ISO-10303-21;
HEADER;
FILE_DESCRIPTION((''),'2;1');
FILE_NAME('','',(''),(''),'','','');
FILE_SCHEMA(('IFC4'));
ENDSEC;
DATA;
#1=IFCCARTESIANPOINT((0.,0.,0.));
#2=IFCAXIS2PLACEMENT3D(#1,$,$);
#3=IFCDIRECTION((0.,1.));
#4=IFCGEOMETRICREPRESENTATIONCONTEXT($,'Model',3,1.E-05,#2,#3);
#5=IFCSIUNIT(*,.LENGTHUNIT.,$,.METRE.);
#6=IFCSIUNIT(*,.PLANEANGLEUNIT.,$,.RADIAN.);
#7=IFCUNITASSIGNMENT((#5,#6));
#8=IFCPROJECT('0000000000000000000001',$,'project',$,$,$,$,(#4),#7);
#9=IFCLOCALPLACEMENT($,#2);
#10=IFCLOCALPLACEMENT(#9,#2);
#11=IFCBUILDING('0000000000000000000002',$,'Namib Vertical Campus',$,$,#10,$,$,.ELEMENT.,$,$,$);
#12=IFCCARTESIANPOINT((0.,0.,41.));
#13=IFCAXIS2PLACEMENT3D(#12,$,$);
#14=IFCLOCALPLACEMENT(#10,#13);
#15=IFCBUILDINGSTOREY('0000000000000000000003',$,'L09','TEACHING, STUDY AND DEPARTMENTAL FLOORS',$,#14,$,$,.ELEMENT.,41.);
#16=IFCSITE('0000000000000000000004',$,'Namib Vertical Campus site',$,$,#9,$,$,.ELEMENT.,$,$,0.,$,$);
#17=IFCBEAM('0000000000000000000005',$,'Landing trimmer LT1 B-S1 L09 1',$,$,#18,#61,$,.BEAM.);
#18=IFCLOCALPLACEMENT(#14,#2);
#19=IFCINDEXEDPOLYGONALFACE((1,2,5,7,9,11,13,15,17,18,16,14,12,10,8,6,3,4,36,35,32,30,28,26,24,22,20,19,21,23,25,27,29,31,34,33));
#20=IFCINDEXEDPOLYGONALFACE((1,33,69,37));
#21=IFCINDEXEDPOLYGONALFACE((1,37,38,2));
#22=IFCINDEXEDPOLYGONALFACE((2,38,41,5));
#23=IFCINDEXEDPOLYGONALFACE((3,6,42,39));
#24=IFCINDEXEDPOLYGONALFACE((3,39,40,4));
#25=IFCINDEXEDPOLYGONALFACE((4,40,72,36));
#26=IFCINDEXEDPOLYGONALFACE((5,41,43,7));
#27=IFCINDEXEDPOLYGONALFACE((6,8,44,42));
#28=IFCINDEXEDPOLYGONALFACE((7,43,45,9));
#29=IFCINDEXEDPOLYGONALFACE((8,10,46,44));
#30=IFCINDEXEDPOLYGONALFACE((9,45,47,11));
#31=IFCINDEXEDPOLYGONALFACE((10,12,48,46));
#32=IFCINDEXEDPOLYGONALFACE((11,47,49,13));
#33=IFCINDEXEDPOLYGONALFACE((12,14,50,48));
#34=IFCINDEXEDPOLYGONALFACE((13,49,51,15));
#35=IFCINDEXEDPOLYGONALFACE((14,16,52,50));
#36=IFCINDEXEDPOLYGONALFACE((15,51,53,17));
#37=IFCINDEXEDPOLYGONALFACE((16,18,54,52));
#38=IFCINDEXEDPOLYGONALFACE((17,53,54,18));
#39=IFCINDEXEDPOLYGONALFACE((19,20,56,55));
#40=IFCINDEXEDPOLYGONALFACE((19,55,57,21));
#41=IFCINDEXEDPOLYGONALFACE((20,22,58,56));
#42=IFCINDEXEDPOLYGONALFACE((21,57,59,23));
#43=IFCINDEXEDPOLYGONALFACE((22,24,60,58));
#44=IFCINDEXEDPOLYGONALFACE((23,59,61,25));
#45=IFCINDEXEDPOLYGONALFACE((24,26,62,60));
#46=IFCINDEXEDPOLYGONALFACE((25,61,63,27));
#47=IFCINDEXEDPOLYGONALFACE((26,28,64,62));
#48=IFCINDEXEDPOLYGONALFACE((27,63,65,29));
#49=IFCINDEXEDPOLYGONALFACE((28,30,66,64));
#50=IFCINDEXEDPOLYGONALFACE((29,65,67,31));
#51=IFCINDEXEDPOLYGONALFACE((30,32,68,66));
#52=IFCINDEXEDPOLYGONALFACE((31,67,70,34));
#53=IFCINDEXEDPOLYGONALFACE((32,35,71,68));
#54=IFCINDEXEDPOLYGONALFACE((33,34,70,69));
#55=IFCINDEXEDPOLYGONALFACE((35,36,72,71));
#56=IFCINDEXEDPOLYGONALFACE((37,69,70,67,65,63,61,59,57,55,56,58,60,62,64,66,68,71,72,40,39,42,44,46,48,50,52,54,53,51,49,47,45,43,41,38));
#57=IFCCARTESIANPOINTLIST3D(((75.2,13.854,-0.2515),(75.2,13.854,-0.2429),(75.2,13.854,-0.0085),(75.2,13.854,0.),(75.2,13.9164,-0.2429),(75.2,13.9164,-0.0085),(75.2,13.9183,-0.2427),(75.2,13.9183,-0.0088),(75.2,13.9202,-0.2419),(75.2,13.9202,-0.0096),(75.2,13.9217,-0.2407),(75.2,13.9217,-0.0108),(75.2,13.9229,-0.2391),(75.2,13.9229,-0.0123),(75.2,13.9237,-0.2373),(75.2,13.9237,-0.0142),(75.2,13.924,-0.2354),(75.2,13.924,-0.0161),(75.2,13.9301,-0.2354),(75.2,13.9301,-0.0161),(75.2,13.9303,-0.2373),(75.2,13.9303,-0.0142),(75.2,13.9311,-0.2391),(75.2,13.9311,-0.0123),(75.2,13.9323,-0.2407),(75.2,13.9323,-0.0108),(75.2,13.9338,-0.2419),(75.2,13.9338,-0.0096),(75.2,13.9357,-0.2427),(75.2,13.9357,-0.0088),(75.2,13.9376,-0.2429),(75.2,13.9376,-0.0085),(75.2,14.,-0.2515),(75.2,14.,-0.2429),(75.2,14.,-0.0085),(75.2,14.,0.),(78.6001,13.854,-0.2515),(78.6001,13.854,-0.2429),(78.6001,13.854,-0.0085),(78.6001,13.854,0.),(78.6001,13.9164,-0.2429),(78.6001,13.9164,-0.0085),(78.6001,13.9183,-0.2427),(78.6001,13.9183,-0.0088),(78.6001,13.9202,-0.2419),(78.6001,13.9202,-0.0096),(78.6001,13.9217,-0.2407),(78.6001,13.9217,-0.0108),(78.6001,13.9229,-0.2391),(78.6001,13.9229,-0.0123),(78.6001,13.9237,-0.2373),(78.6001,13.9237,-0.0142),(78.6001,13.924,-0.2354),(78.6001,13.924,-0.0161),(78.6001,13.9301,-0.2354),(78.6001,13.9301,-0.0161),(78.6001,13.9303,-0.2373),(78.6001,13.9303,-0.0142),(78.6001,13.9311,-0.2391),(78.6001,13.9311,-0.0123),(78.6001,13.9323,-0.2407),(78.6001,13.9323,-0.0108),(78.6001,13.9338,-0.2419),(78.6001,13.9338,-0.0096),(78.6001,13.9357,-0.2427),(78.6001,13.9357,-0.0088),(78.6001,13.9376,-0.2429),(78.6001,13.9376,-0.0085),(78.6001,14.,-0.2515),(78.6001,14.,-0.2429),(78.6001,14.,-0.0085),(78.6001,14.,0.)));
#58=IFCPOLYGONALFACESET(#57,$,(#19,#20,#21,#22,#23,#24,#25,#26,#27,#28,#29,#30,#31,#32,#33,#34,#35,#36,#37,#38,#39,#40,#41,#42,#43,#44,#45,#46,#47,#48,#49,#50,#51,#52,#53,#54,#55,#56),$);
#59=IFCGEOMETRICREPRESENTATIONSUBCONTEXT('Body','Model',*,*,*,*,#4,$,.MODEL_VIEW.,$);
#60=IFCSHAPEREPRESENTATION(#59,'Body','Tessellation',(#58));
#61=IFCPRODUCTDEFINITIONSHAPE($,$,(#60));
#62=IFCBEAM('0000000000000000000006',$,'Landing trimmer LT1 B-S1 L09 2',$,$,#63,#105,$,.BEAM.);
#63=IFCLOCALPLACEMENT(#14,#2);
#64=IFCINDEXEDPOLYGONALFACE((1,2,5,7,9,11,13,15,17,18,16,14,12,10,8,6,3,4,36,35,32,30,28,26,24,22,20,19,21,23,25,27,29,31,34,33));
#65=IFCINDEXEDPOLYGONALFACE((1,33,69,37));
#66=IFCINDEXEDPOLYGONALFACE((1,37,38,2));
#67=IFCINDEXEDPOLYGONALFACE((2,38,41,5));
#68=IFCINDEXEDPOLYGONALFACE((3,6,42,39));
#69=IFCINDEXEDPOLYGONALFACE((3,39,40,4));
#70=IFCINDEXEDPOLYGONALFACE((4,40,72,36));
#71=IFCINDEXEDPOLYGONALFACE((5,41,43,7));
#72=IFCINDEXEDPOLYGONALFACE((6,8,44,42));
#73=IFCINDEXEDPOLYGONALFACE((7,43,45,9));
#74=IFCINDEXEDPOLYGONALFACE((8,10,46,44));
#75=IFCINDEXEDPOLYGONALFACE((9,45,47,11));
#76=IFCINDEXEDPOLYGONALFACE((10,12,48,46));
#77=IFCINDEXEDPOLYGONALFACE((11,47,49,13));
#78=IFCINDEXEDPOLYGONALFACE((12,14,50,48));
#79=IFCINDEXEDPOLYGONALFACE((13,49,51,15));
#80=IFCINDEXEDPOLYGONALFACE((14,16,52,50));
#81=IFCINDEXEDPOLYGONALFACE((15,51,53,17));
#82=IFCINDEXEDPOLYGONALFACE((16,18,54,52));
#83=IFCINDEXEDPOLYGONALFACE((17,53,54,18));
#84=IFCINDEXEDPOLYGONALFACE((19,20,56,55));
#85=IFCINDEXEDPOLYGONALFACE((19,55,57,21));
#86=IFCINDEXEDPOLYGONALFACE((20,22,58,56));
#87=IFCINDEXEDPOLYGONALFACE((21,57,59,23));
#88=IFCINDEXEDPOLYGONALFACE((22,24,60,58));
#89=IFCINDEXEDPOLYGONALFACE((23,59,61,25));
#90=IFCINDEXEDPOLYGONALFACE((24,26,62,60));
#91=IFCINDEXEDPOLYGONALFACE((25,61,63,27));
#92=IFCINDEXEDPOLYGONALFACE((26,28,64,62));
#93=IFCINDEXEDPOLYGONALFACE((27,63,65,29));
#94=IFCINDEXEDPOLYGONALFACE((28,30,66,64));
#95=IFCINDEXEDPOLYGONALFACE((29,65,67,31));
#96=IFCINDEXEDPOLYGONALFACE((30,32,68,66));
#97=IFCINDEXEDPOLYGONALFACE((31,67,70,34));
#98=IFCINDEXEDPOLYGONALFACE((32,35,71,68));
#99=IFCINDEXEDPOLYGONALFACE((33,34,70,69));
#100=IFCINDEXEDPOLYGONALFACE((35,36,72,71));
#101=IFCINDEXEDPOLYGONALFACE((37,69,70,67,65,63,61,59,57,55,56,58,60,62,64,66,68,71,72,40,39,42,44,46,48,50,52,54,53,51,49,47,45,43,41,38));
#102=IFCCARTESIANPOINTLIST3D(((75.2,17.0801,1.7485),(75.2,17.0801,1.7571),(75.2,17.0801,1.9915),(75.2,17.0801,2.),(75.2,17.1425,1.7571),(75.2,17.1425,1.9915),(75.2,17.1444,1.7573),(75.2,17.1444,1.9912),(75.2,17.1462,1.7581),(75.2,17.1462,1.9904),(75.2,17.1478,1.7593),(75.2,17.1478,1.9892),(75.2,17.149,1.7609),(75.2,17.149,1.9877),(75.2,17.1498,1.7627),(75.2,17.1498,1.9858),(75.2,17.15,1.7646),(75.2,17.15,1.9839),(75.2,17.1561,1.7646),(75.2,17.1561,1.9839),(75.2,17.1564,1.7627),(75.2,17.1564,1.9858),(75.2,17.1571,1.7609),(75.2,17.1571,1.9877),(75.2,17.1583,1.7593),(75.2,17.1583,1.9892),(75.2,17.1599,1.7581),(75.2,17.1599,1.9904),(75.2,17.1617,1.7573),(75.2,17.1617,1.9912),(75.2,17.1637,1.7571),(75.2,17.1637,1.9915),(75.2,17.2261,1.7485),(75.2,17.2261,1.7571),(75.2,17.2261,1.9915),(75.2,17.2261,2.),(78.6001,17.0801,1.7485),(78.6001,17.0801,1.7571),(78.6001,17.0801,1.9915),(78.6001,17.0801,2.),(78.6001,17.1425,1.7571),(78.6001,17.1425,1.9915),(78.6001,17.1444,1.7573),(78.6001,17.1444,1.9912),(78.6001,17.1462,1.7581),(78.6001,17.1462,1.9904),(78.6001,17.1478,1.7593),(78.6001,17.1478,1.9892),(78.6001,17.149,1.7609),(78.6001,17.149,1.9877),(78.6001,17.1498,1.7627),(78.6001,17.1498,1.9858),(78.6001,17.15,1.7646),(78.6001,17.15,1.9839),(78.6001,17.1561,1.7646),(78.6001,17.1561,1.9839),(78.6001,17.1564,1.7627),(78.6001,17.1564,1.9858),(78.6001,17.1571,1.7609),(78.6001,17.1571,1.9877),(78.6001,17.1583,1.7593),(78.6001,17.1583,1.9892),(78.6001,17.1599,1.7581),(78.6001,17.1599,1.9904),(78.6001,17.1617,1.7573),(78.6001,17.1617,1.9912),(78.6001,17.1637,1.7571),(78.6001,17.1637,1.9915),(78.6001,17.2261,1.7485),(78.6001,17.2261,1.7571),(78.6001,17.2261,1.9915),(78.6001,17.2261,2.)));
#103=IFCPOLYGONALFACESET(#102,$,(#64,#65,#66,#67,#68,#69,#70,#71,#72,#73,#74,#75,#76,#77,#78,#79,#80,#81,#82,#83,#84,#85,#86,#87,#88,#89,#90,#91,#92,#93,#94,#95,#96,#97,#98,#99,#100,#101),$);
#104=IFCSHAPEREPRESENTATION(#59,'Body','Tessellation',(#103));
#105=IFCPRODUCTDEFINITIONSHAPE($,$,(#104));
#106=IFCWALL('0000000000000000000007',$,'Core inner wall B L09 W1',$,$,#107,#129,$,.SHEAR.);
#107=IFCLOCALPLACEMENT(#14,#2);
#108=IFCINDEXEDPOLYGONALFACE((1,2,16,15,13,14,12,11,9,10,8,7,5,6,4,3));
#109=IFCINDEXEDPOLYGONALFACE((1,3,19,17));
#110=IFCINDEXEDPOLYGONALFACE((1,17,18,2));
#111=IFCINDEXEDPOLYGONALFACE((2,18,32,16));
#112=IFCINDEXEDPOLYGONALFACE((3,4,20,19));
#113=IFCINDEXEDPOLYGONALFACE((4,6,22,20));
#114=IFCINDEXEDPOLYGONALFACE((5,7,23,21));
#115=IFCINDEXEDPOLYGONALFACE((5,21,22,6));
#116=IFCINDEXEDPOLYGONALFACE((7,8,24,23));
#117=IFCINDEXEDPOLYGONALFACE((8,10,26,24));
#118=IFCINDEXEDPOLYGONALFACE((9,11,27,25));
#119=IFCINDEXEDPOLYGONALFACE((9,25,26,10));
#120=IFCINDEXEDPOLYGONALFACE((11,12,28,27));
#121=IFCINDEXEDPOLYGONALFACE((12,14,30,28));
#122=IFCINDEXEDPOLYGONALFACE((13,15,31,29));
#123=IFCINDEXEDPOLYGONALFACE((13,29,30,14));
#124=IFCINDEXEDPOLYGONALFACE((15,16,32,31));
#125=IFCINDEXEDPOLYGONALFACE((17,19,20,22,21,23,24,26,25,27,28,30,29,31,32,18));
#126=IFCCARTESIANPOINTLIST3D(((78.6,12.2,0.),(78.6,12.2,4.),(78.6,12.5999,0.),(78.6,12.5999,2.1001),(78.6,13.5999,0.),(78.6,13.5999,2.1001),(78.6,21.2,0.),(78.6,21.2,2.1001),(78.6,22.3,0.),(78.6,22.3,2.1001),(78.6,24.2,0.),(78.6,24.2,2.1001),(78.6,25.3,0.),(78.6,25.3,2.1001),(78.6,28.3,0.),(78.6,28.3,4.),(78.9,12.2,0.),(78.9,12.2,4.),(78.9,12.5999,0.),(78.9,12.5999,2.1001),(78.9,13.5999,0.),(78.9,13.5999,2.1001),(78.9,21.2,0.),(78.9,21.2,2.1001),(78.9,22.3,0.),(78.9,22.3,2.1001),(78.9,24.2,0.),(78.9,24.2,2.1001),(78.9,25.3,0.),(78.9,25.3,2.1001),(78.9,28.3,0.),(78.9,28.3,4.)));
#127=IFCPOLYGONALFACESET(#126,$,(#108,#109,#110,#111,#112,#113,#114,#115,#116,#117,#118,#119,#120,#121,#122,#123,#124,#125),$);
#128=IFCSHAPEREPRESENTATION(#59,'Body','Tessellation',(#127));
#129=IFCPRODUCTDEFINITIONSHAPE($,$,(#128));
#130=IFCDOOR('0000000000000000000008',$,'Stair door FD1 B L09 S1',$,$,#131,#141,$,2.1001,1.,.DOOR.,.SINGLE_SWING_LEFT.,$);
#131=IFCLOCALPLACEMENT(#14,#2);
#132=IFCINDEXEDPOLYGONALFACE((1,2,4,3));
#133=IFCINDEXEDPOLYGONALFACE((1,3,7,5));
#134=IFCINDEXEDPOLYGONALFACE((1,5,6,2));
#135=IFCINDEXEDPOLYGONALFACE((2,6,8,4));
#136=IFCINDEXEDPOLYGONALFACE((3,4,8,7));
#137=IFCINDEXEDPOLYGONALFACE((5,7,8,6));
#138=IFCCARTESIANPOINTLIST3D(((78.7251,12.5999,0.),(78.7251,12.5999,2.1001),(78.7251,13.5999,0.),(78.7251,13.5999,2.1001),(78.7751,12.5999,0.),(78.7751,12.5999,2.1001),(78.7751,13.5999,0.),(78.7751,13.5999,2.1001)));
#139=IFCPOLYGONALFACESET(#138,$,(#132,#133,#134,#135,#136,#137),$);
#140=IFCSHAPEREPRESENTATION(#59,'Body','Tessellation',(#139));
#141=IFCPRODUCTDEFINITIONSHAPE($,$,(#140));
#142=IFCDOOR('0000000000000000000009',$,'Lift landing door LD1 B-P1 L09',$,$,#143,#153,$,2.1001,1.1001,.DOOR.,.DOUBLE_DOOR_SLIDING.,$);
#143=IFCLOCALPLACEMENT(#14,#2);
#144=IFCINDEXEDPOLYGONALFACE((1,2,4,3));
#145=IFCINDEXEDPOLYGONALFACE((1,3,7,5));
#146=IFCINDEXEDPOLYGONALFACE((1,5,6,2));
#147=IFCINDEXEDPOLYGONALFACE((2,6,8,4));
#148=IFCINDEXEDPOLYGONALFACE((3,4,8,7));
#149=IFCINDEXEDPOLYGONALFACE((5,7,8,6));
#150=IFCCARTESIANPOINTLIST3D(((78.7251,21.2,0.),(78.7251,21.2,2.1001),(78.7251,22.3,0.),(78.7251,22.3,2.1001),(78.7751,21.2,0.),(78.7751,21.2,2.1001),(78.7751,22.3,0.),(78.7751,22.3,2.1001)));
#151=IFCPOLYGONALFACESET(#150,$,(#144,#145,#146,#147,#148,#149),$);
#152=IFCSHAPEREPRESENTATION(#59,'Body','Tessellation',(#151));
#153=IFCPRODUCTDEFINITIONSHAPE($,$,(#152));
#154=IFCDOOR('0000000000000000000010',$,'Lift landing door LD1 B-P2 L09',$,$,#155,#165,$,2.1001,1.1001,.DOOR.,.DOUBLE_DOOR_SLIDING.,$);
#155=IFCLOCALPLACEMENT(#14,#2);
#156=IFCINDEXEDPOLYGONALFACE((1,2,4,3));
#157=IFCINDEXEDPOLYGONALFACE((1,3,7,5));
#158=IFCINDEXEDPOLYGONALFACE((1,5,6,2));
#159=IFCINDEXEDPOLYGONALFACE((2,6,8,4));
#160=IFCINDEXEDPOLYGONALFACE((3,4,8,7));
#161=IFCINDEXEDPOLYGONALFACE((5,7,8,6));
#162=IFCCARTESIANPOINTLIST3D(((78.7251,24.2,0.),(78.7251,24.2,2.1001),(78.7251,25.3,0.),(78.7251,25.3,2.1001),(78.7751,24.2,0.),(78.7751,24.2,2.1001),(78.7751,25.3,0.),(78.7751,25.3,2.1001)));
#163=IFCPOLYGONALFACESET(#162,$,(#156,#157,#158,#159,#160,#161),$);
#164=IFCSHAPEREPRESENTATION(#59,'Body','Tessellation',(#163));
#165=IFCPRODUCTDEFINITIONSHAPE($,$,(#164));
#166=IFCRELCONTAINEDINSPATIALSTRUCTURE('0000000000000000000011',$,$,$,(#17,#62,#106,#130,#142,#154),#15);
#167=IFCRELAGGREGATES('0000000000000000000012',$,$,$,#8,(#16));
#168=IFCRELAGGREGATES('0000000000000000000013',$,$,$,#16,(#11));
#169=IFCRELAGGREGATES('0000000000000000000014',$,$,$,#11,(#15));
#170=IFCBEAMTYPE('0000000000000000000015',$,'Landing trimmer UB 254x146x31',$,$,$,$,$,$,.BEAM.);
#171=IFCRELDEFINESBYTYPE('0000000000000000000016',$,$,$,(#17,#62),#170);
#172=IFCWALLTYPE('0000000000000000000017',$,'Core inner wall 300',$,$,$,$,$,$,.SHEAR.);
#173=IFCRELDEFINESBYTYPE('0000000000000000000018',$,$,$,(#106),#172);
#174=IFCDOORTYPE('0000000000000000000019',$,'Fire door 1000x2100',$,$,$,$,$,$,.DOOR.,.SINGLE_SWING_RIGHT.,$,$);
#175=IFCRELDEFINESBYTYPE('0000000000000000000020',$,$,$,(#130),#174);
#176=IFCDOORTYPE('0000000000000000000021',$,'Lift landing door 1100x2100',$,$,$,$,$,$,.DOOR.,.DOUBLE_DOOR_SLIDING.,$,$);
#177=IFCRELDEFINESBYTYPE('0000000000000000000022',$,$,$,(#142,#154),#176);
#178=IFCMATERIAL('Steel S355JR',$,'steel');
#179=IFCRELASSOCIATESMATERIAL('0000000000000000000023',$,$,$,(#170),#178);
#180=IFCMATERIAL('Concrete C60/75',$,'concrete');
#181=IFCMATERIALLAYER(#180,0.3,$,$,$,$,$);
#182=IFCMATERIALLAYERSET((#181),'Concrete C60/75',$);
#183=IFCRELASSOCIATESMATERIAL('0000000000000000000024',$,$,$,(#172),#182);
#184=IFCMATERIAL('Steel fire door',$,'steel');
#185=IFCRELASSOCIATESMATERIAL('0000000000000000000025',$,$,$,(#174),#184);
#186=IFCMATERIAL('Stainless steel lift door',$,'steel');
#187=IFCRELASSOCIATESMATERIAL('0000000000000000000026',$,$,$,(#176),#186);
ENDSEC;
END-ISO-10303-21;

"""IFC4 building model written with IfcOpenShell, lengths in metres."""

from ifc_helpers import new_model, si_unit, direction, frame, frame_2d, origin, origin_2d, place, context, subcontext, project, spatial, rectangle, i_section, extrude, material, layer, layer_set, material_profile, profile_set, type_object, element, fill, save


model = new_model("IFC4")

# Units and contexts
model_context = context("Model", 3, precision=1e-05, world=origin(), true_north=direction((0.0, 1.0)))
body_context = subcontext(model_context, "Body", "Model", "MODEL_VIEW")
ifc_project = project(units=[si_unit("LENGTHUNIT", "METRE"), si_unit("PLANEANGLEUNIT", "RADIAN")], contexts=[model_context])

# Site, building, storey
site_placement = place(None, origin())
site = spatial("IfcSite", under=ifc_project, at=site_placement, Name="Namib Vertical Campus site", CompositionType="ELEMENT", RefElevation=0.0)
building_placement = place(site_placement, origin())
building = spatial("IfcBuilding", under=site, at=building_placement, Name="Namib Vertical Campus", CompositionType="ELEMENT")
storey_placement = place(building_placement, frame((0.0, 0.0, 41.0)))
storey = spatial("IfcBuildingStorey", under=building, at=storey_placement, Name="L09", Description="TEACHING, STUDY AND DEPARTMENTAL FLOORS", CompositionType="ELEMENT", Elevation=41.0)

# Beams
ifc_material_1 = material(Name="Steel S355JR", Category="steel")
ifc_material_profile = material_profile(ifc_material_1, i_section(OverallWidth=0.146, OverallDepth=0.2515, WebThickness=0.0061, FlangeThickness=0.0085, FilletRadius=0.0076, at=origin_2d()))
ifc_profile_set = profile_set([ifc_material_profile], Name="Steel S355JR")
beam_type = type_object("IfcBeamType", Name="Landing trimmer UB 254x146x31", PredefinedType="BEAM", material=ifc_profile_set)
for number, where, z_axis, x_axis, name in (
    (1, (75.2, 13.927, -0.1257), (1.0, 0.0, 0.0), (0.0, 1.0, 0.0), "Landing trimmer LT1 B-S1 L09 1"),
    (2, (75.2, 17.1531, 1.8743), (1.0, 0.0, 0.0), (0.0, 1.0, 0.0), "Landing trimmer LT1 B-S1 L09 2"),
):
    element("IfcBeam", number, at=place(storey_placement, frame(where, z_axis=z_axis, x_axis=x_axis)), inside=storey, type_object=beam_type, Name=name, PredefinedType="BEAM", context=body_context, shape_type="SweptSolid", body=[
        extrude(i_section(OverallWidth=0.146, OverallDepth=0.2515, WebThickness=0.0061, FlangeThickness=0.0085, FilletRadius=0.0076, at=origin_2d()), origin(), (0.0, 0.0, 1.0), 3.4001),
    ])

# Wall, openings, doors
ifc_material_2 = material(Name="Concrete C60/75", Category="concrete")
ifc_layer = layer(ifc_material_2, 0.3)
ifc_layer_set = layer_set([ifc_layer], Name="Concrete C60/75")
wall_type = type_object("IfcWallType", Name="Core inner wall 300", PredefinedType="SHEAR", material=ifc_layer_set)
wall_1_placement = place(storey_placement, frame((78.75, 12.2, 0.0), z_axis=(0.0, 0.0, 1.0), x_axis=(0.0, 1.0, 0.0)))
wall_1 = element("IfcWall", 3, at=wall_1_placement, inside=storey, type_object=wall_type, Name="Core inner wall B L09 W1", PredefinedType="SHEAR", context=body_context, shape_type="SweptSolid", body=[
    extrude(rectangle(XDim=16.1001, YDim=0.3, at=frame_2d((8.05, 0.0))), origin(), (0.0, 0.0, 1.0), 4.0),
])
opening_1_placement = place(wall_1_placement, frame((0.3999, 0.0, 0.0)))
opening_1 = element("IfcOpeningElement", 4, at=opening_1_placement, cuts=wall_1, PredefinedType="OPENING", context=body_context, shape_type="SweptSolid", body=[
    extrude(rectangle(XDim=1.0, YDim=2.1001, at=frame_2d((0.5, 1.05))), frame((0.0, 0.1599, 0.0), z_axis=(0.0, -1.0, 0.0), x_axis=(1.0, 0.0, 0.0)), (0.0, 0.0, 1.0), 0.3201),
])
opening_2_placement = place(wall_1_placement, frame((9.0, 0.0, 0.0)))
opening_2 = element("IfcOpeningElement", 5, at=opening_2_placement, cuts=wall_1, PredefinedType="OPENING", context=body_context, shape_type="SweptSolid", body=[
    extrude(rectangle(XDim=1.1001, YDim=2.1001, at=frame_2d((0.55, 1.05))), frame((0.0, 0.1599, 0.0), z_axis=(0.0, -1.0, 0.0), x_axis=(1.0, 0.0, 0.0)), (0.0, 0.0, 1.0), 0.3201),
])
opening_3_placement = place(wall_1_placement, frame((12.0, 0.0, 0.0)))
opening_3 = element("IfcOpeningElement", 6, at=opening_3_placement, cuts=wall_1, PredefinedType="OPENING", context=body_context, shape_type="SweptSolid", body=[
    extrude(rectangle(XDim=1.1001, YDim=2.1001, at=frame_2d((0.55, 1.05))), frame((0.0, 0.1599, 0.0), z_axis=(0.0, -1.0, 0.0), x_axis=(1.0, 0.0, 0.0)), (0.0, 0.0, 1.0), 0.3201),
])
ifc_material_3 = material(Name="Steel fire door", Category="steel")
door_type_1 = type_object("IfcDoorType", Name="Fire door 1000x2100", OperationType="SINGLE_SWING_RIGHT", PredefinedType="DOOR", material=ifc_material_3)
door_1_placement = place(opening_1_placement, origin())
door_1 = element("IfcDoor", 7, at=door_1_placement, inside=storey, type_object=door_type_1, Name="Stair door FD1 B L09 S1", OperationType="SINGLE_SWING_LEFT", OverallHeight=2.1001, OverallWidth=1.0, PredefinedType="DOOR", context=body_context, shape_type="SweptSolid", body=[
    extrude(rectangle(XDim=1.0, YDim=2.1001, at=frame_2d((0.5, 1.05))), frame((0.0, 0.0249, 0.0), z_axis=(0.0, -1.0, 0.0), x_axis=(1.0, 0.0, 0.0)), (0.0, 0.0, 1.0), 0.05),
])
fill(opening_1, door_1)
ifc_material_4 = material(Name="Stainless steel lift door", Category="steel")
door_type_2 = type_object("IfcDoorType", Name="Lift landing door 1100x2100", OperationType="DOUBLE_DOOR_SLIDING", PredefinedType="DOOR", material=ifc_material_4)
door_2_placement = place(opening_2_placement, origin())
door_2 = element("IfcDoor", 8, at=door_2_placement, inside=storey, type_object=door_type_2, Name="Lift landing door LD1 B-P1 L09", OperationType="DOUBLE_DOOR_SLIDING", OverallHeight=2.1001, OverallWidth=1.1001, PredefinedType="DOOR", context=body_context, shape_type="SweptSolid", body=[
    extrude(rectangle(XDim=1.1001, YDim=2.1001, at=frame_2d((0.55, 1.05))), frame((0.0, 0.0249, 0.0), z_axis=(0.0, -1.0, 0.0), x_axis=(1.0, 0.0, 0.0)), (0.0, 0.0, 1.0), 0.05),
])
fill(opening_2, door_2)
door_3_placement = place(opening_3_placement, origin())
door_3 = element("IfcDoor", 9, at=door_3_placement, inside=storey, type_object=door_type_2, Name="Lift landing door LD1 B-P2 L09", OperationType="DOUBLE_DOOR_SLIDING", OverallHeight=2.1001, OverallWidth=1.1001, PredefinedType="DOOR", context=body_context, shape_type="SweptSolid", body=[
    extrude(rectangle(XDim=1.1001, YDim=2.1001, at=frame_2d((0.55, 1.05))), frame((0.0, 0.0249, 0.0), z_axis=(0.0, -1.0, 0.0), x_axis=(1.0, 0.0, 0.0)), (0.0, 0.0, 1.0), 0.05),
])
fill(opening_3, door_3)

save(model, "model.ifc")
